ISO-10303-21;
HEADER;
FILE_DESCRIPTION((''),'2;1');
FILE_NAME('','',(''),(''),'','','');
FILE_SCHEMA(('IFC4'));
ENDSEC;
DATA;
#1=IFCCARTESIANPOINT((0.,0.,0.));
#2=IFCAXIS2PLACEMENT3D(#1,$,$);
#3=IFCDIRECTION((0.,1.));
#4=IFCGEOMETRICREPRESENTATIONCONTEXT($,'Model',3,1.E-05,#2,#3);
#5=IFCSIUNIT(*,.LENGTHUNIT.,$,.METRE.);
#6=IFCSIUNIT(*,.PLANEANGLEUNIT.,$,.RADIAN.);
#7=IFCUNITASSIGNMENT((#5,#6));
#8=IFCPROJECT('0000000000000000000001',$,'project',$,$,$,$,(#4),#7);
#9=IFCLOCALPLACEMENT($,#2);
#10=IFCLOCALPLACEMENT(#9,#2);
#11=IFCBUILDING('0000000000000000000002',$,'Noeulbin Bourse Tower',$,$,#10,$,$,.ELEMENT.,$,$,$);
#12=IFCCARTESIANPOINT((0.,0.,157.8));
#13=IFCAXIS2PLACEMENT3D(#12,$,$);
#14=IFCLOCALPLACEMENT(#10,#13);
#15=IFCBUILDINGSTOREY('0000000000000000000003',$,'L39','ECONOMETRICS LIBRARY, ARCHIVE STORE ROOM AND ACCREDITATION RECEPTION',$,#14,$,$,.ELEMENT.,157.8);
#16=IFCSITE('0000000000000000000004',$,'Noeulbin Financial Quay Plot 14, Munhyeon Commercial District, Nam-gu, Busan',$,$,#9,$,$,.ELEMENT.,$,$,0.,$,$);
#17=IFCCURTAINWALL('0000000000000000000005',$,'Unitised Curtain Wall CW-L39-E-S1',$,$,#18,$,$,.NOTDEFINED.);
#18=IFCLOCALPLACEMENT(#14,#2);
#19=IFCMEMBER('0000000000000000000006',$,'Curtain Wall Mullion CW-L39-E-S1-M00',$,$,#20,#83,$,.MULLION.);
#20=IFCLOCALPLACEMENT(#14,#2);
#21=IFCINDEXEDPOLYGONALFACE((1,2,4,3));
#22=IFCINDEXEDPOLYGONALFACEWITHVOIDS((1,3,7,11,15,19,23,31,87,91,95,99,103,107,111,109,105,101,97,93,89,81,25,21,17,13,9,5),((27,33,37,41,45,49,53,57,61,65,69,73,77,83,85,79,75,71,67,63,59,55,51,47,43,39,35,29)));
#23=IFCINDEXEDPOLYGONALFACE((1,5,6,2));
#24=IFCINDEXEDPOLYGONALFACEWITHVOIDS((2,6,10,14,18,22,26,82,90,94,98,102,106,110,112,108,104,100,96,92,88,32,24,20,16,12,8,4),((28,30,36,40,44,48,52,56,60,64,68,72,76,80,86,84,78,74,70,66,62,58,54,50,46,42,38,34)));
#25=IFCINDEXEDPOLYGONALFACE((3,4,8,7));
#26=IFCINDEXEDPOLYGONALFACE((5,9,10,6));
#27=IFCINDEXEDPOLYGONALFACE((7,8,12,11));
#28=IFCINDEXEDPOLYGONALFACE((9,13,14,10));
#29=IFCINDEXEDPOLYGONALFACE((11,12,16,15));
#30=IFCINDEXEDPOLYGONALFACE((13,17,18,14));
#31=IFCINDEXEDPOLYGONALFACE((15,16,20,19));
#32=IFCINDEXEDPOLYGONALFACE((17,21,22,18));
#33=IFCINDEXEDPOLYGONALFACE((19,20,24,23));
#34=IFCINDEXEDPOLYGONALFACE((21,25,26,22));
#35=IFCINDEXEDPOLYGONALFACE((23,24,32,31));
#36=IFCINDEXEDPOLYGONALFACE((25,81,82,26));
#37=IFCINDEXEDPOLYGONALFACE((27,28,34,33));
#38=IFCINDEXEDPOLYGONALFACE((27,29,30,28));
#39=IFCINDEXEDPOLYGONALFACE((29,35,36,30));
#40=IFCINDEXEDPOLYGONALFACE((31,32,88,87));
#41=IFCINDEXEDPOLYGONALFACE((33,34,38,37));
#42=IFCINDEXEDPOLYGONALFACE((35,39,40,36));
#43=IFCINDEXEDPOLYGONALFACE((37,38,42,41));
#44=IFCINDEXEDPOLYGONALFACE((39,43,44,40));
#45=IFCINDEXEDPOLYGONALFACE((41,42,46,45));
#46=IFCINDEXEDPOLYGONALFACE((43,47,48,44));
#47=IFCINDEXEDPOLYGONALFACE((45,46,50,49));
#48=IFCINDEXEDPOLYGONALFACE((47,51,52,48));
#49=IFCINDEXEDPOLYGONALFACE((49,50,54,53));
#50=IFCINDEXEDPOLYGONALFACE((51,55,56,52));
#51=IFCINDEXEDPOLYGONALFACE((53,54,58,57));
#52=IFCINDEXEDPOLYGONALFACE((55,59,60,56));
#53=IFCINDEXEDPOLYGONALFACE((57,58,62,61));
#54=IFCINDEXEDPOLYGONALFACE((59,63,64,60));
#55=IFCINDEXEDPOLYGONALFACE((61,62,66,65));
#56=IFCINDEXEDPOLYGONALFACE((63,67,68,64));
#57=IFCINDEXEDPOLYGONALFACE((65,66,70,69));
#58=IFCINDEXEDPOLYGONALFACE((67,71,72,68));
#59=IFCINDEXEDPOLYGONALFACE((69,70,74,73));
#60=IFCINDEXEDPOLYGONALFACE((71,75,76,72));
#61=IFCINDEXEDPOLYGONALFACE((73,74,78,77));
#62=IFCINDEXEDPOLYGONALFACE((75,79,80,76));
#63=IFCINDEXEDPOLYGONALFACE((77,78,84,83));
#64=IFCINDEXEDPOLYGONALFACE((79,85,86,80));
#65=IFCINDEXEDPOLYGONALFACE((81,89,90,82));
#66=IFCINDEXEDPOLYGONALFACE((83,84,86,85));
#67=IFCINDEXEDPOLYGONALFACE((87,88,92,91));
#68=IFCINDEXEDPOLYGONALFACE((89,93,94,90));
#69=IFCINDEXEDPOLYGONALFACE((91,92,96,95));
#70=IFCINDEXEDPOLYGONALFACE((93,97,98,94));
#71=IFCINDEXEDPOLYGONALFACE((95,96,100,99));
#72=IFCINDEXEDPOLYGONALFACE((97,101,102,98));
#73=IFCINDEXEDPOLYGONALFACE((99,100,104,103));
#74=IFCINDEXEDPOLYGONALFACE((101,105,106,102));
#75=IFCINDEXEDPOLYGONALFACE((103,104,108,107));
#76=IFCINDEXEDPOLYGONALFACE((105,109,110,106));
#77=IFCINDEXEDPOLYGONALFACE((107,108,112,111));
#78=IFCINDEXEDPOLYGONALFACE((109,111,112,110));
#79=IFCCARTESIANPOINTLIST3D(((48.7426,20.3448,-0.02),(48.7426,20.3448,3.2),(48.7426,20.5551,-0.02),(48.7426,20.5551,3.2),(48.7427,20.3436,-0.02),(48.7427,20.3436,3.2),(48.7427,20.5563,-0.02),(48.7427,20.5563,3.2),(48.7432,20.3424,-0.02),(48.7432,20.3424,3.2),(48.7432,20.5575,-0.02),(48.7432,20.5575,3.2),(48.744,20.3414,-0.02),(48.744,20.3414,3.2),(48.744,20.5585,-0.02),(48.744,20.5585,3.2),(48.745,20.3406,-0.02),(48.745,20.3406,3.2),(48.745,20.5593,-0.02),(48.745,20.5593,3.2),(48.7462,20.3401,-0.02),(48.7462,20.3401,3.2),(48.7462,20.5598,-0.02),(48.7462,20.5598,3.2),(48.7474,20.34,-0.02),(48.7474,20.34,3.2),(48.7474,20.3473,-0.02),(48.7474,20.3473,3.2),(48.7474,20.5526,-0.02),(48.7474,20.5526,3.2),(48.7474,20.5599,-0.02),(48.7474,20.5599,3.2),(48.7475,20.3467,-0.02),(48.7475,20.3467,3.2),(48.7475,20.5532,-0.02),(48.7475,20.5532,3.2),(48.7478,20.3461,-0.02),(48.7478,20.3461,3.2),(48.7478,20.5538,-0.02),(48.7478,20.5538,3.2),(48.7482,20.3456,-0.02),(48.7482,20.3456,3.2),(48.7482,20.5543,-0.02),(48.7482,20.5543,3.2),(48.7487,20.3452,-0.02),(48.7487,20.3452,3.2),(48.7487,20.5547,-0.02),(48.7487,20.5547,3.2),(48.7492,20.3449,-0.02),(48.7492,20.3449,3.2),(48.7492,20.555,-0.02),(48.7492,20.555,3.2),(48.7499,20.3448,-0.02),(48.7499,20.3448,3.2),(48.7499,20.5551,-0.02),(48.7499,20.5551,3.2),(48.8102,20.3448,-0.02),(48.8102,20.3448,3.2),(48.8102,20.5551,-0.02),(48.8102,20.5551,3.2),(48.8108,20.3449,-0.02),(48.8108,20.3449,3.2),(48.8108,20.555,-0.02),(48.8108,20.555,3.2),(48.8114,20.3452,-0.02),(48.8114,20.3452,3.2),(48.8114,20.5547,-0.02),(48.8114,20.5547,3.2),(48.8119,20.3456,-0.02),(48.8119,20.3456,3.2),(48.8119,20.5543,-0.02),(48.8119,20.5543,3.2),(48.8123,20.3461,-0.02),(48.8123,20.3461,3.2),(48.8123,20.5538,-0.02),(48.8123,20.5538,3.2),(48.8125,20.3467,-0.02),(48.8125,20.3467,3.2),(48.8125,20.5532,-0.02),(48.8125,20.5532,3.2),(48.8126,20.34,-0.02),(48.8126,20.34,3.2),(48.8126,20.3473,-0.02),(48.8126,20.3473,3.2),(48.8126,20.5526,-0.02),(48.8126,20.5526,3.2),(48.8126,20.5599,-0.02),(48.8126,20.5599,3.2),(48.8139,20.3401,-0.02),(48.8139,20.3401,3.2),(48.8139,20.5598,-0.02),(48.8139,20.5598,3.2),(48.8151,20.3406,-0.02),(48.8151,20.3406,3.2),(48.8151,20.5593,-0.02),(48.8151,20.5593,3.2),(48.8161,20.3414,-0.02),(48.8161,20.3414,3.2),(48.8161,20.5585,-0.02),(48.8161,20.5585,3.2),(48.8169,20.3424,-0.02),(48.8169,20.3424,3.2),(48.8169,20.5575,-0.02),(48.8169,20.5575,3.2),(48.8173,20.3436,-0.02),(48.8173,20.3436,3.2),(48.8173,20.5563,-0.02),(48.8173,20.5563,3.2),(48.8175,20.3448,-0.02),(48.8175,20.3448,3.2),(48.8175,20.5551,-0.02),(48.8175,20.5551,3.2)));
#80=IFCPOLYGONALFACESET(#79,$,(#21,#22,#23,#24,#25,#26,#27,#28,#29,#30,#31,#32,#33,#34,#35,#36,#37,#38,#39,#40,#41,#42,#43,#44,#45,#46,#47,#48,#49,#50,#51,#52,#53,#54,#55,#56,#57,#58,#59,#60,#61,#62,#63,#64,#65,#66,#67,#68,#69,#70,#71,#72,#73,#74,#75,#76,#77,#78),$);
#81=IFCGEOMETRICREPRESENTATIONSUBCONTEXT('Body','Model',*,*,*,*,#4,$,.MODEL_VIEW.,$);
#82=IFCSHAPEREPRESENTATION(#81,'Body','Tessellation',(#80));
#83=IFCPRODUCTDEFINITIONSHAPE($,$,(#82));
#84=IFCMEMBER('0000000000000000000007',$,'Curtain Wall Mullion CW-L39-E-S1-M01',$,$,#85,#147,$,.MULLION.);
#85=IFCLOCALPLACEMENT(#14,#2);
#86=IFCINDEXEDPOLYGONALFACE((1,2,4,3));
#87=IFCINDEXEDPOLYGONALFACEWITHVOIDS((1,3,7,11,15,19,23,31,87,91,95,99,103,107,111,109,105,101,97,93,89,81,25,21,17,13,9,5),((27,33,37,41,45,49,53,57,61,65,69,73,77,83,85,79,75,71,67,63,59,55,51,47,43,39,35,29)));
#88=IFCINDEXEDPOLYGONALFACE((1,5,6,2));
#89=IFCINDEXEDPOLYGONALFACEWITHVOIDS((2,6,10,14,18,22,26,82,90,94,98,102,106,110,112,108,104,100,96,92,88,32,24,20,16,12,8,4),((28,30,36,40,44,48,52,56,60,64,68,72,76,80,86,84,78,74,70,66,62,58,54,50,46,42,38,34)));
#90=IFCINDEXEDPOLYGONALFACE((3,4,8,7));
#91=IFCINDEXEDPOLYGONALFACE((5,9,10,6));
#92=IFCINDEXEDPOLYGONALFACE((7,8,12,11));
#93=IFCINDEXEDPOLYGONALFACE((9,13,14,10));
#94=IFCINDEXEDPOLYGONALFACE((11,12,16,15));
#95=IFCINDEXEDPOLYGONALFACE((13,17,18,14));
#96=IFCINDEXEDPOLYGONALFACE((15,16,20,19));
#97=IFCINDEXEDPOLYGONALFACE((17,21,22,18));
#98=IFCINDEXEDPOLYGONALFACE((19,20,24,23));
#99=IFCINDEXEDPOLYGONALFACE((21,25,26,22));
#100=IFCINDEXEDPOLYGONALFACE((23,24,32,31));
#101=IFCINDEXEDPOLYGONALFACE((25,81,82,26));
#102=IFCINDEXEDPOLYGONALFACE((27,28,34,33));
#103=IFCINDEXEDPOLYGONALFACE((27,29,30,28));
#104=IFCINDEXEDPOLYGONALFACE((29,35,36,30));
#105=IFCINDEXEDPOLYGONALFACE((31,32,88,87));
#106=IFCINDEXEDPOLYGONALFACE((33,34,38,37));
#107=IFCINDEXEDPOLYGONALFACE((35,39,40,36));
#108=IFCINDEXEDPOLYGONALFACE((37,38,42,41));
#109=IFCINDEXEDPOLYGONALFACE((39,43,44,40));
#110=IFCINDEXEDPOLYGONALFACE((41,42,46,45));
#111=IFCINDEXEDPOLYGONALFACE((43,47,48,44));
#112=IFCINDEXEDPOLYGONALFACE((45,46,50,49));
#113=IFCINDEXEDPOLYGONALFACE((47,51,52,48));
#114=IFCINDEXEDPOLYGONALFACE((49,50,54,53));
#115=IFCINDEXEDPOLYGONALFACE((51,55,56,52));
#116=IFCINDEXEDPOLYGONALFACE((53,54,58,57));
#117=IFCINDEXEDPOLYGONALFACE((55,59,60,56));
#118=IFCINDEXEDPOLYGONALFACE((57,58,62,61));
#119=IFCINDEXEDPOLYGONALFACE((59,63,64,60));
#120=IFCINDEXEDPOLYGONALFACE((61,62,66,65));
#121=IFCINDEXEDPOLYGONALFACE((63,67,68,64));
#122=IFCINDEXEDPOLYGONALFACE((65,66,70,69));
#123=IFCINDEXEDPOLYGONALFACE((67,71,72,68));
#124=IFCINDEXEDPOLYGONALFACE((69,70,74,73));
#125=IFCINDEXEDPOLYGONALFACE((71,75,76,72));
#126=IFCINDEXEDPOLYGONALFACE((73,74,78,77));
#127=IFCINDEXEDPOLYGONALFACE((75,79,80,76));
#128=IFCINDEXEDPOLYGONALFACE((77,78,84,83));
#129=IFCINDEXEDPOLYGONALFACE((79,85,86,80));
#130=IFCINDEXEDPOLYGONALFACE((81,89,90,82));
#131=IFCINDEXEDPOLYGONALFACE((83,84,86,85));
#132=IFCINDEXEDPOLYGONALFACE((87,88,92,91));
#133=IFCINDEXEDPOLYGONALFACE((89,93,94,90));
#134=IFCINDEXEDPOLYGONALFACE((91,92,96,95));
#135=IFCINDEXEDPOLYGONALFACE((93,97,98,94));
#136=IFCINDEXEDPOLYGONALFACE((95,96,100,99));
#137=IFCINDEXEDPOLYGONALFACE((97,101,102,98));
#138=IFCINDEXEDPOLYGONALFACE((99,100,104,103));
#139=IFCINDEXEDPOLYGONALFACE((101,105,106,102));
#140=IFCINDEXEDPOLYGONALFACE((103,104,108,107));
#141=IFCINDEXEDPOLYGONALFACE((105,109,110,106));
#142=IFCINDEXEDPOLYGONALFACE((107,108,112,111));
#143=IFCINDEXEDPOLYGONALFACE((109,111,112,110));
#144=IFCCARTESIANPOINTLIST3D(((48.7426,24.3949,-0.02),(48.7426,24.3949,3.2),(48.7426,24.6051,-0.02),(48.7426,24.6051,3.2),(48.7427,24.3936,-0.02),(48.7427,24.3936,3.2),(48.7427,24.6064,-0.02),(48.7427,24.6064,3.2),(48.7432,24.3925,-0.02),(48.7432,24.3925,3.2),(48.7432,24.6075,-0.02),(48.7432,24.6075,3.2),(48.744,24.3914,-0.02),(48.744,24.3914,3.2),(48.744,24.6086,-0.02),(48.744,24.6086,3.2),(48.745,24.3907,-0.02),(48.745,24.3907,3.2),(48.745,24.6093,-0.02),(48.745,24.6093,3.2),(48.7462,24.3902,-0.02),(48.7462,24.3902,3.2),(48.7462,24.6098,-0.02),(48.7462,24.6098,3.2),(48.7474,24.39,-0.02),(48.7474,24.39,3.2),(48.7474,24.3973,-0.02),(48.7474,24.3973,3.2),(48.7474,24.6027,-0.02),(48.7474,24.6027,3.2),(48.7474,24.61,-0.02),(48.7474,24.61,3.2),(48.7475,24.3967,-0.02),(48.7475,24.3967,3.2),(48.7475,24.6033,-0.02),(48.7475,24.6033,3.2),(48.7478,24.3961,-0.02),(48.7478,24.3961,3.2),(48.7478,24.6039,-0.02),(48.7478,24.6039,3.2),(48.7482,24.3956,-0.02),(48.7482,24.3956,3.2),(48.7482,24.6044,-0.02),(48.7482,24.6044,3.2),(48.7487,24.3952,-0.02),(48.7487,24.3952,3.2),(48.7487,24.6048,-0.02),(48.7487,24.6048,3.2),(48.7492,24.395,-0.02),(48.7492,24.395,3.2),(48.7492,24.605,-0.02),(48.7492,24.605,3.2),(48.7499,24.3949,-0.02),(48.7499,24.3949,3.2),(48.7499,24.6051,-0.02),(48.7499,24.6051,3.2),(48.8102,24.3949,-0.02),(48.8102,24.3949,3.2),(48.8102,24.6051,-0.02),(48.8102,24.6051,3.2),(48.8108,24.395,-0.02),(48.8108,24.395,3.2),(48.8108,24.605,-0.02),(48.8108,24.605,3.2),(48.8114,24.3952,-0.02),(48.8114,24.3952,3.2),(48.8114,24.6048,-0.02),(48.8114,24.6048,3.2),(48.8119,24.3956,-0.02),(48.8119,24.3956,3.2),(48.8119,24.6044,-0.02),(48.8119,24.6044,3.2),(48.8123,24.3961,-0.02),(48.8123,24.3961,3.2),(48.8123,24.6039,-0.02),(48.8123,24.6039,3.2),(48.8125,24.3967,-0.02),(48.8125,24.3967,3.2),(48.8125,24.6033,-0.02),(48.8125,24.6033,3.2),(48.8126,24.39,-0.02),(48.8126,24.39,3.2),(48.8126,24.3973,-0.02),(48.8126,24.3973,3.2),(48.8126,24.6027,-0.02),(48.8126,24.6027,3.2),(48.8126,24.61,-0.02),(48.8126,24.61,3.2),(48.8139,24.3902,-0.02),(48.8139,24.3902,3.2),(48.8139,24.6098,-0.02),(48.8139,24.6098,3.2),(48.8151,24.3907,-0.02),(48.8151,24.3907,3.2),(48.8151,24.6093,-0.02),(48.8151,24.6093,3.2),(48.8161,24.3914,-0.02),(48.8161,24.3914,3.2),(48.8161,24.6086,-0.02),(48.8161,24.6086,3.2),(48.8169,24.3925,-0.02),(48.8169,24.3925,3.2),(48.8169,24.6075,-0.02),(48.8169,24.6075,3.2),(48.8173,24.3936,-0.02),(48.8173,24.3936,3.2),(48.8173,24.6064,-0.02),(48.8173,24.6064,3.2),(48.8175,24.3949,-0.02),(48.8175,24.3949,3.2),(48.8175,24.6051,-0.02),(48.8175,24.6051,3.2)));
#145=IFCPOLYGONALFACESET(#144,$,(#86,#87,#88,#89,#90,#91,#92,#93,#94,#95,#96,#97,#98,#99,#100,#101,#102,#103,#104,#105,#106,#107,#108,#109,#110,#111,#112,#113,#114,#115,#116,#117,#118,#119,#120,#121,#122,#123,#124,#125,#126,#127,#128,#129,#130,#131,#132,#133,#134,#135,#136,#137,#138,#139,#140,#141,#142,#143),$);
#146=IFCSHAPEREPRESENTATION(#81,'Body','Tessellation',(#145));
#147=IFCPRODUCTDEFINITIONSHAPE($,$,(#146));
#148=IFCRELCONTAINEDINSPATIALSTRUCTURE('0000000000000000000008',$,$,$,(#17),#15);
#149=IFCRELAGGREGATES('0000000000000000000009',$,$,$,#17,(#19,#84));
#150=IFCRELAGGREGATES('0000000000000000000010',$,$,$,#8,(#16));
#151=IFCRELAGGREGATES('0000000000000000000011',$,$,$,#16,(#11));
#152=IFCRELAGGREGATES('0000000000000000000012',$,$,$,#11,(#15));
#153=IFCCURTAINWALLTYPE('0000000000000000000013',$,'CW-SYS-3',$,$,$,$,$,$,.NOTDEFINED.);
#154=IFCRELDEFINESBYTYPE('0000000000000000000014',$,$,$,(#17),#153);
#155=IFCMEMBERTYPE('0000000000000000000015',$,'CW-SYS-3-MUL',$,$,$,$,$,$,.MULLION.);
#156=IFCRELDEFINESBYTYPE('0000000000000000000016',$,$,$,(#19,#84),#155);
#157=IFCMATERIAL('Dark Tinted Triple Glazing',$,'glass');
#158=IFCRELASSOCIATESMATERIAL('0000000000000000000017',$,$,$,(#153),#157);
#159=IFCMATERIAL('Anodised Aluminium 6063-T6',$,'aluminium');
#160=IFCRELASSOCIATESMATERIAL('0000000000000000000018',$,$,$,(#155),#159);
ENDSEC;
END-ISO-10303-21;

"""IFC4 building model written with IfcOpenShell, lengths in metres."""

from ifc_helpers import new_model, si_unit, direction, frame, origin, origin_2d, place, context, subcontext, project, spatial, hollow_rectangle, extrude, material, material_profile, profile_set, type_object, element, aggregate, save


model = new_model("IFC4")

# Units and contexts
model_context = context("Model", 3, precision=1e-05, world=origin(), true_north=direction((0.0, 1.0)))
body_context = subcontext(model_context, "Body", "Model", "MODEL_VIEW")
ifc_project = project(units=[si_unit("LENGTHUNIT", "METRE"), si_unit("PLANEANGLEUNIT", "RADIAN")], contexts=[model_context])

# Site, building, storey
site_placement = place(None, origin())
site = spatial("IfcSite", under=ifc_project, at=site_placement, Name="Noeulbin Financial Quay Plot 14, Munhyeon Commercial District, Nam-gu, Busan", CompositionType="ELEMENT", RefElevation=0.0)
building_placement = place(site_placement, origin())
building = spatial("IfcBuilding", under=site, at=building_placement, Name="Noeulbin Bourse Tower", CompositionType="ELEMENT")
storey_placement = place(building_placement, frame((0.0, 0.0, 157.8)))
storey = spatial("IfcBuildingStorey", under=building, at=storey_placement, Name="L39", Description="ECONOMETRICS LIBRARY, ARCHIVE STORE ROOM AND ACCREDITATION RECEPTION", CompositionType="ELEMENT", Elevation=157.8)

# Curtain wall, members
ifc_material_1 = material(Name="Dark Tinted Triple Glazing", Category="glass")
curtain_wall_type = type_object("IfcCurtainWallType", Name="CW-SYS-3", PredefinedType="NOTDEFINED", material=ifc_material_1)
curtain_wall_placement = place(storey_placement, origin())
curtain_wall = element("IfcCurtainWall", 1, at=curtain_wall_placement, inside=storey, type_object=curtain_wall_type, Name="Unitised Curtain Wall CW-L39-E-S1", PredefinedType="NOTDEFINED")
ifc_material_2 = material(Name="Anodised Aluminium 6063-T6", Category="aluminium")
ifc_material_profile_1 = material_profile(ifc_material_2, hollow_rectangle(XDim=0.075, YDim=0.22, WallThickness=0.0049, InnerFilletRadius=0.0024, OuterFilletRadius=0.0049, at=origin_2d()), Name="ALU-MULL-75x220x5", Category="LoadBearing")
ifc_profile_set_1 = profile_set([ifc_material_profile_1], Name="Anodised Aluminium 6063-T6")
member_type_1 = type_object("IfcMemberType", Name="CW-SYS-3-MUL", PredefinedType="MULLION", material=ifc_profile_set_1)
member_1_placement = place(storey_placement, frame((48.78, 20.45, -0.02), z_axis=(0.0, 0.0, 1.0), x_axis=(1.0, 0.0, 0.0)))
member_1 = element("IfcMember", 2, at=member_1_placement, type_object=member_type_1, Name="Curtain Wall Mullion CW-L39-E-S1-M00", PredefinedType="MULLION", context=body_context, shape_type="SweptSolid", body=[
    extrude(hollow_rectangle(XDim=0.075, YDim=0.22, WallThickness=0.0049, InnerFilletRadius=0.0024, OuterFilletRadius=0.0049, at=origin_2d()), origin(), (0.0, 0.0, 1.0), 3.22),
])
member_2_placement = place(storey_placement, frame((48.78, 24.5, -0.02), z_axis=(0.0, 0.0, 1.0), x_axis=(1.0, 0.0, 0.0)))
member_2 = element("IfcMember", 3, at=member_2_placement, type_object=member_type_1, Name="Curtain Wall Mullion CW-L39-E-S1-M01", PredefinedType="MULLION", context=body_context, shape_type="SweptSolid", body=[
    extrude(hollow_rectangle(XDim=0.075, YDim=0.22, WallThickness=0.0049, InnerFilletRadius=0.0024, OuterFilletRadius=0.0049, at=origin_2d()), origin(), (0.0, 0.0, 1.0), 3.22),
])
aggregate(curtain_wall, [member_1, member_2])

save(model, "model.ifc")
